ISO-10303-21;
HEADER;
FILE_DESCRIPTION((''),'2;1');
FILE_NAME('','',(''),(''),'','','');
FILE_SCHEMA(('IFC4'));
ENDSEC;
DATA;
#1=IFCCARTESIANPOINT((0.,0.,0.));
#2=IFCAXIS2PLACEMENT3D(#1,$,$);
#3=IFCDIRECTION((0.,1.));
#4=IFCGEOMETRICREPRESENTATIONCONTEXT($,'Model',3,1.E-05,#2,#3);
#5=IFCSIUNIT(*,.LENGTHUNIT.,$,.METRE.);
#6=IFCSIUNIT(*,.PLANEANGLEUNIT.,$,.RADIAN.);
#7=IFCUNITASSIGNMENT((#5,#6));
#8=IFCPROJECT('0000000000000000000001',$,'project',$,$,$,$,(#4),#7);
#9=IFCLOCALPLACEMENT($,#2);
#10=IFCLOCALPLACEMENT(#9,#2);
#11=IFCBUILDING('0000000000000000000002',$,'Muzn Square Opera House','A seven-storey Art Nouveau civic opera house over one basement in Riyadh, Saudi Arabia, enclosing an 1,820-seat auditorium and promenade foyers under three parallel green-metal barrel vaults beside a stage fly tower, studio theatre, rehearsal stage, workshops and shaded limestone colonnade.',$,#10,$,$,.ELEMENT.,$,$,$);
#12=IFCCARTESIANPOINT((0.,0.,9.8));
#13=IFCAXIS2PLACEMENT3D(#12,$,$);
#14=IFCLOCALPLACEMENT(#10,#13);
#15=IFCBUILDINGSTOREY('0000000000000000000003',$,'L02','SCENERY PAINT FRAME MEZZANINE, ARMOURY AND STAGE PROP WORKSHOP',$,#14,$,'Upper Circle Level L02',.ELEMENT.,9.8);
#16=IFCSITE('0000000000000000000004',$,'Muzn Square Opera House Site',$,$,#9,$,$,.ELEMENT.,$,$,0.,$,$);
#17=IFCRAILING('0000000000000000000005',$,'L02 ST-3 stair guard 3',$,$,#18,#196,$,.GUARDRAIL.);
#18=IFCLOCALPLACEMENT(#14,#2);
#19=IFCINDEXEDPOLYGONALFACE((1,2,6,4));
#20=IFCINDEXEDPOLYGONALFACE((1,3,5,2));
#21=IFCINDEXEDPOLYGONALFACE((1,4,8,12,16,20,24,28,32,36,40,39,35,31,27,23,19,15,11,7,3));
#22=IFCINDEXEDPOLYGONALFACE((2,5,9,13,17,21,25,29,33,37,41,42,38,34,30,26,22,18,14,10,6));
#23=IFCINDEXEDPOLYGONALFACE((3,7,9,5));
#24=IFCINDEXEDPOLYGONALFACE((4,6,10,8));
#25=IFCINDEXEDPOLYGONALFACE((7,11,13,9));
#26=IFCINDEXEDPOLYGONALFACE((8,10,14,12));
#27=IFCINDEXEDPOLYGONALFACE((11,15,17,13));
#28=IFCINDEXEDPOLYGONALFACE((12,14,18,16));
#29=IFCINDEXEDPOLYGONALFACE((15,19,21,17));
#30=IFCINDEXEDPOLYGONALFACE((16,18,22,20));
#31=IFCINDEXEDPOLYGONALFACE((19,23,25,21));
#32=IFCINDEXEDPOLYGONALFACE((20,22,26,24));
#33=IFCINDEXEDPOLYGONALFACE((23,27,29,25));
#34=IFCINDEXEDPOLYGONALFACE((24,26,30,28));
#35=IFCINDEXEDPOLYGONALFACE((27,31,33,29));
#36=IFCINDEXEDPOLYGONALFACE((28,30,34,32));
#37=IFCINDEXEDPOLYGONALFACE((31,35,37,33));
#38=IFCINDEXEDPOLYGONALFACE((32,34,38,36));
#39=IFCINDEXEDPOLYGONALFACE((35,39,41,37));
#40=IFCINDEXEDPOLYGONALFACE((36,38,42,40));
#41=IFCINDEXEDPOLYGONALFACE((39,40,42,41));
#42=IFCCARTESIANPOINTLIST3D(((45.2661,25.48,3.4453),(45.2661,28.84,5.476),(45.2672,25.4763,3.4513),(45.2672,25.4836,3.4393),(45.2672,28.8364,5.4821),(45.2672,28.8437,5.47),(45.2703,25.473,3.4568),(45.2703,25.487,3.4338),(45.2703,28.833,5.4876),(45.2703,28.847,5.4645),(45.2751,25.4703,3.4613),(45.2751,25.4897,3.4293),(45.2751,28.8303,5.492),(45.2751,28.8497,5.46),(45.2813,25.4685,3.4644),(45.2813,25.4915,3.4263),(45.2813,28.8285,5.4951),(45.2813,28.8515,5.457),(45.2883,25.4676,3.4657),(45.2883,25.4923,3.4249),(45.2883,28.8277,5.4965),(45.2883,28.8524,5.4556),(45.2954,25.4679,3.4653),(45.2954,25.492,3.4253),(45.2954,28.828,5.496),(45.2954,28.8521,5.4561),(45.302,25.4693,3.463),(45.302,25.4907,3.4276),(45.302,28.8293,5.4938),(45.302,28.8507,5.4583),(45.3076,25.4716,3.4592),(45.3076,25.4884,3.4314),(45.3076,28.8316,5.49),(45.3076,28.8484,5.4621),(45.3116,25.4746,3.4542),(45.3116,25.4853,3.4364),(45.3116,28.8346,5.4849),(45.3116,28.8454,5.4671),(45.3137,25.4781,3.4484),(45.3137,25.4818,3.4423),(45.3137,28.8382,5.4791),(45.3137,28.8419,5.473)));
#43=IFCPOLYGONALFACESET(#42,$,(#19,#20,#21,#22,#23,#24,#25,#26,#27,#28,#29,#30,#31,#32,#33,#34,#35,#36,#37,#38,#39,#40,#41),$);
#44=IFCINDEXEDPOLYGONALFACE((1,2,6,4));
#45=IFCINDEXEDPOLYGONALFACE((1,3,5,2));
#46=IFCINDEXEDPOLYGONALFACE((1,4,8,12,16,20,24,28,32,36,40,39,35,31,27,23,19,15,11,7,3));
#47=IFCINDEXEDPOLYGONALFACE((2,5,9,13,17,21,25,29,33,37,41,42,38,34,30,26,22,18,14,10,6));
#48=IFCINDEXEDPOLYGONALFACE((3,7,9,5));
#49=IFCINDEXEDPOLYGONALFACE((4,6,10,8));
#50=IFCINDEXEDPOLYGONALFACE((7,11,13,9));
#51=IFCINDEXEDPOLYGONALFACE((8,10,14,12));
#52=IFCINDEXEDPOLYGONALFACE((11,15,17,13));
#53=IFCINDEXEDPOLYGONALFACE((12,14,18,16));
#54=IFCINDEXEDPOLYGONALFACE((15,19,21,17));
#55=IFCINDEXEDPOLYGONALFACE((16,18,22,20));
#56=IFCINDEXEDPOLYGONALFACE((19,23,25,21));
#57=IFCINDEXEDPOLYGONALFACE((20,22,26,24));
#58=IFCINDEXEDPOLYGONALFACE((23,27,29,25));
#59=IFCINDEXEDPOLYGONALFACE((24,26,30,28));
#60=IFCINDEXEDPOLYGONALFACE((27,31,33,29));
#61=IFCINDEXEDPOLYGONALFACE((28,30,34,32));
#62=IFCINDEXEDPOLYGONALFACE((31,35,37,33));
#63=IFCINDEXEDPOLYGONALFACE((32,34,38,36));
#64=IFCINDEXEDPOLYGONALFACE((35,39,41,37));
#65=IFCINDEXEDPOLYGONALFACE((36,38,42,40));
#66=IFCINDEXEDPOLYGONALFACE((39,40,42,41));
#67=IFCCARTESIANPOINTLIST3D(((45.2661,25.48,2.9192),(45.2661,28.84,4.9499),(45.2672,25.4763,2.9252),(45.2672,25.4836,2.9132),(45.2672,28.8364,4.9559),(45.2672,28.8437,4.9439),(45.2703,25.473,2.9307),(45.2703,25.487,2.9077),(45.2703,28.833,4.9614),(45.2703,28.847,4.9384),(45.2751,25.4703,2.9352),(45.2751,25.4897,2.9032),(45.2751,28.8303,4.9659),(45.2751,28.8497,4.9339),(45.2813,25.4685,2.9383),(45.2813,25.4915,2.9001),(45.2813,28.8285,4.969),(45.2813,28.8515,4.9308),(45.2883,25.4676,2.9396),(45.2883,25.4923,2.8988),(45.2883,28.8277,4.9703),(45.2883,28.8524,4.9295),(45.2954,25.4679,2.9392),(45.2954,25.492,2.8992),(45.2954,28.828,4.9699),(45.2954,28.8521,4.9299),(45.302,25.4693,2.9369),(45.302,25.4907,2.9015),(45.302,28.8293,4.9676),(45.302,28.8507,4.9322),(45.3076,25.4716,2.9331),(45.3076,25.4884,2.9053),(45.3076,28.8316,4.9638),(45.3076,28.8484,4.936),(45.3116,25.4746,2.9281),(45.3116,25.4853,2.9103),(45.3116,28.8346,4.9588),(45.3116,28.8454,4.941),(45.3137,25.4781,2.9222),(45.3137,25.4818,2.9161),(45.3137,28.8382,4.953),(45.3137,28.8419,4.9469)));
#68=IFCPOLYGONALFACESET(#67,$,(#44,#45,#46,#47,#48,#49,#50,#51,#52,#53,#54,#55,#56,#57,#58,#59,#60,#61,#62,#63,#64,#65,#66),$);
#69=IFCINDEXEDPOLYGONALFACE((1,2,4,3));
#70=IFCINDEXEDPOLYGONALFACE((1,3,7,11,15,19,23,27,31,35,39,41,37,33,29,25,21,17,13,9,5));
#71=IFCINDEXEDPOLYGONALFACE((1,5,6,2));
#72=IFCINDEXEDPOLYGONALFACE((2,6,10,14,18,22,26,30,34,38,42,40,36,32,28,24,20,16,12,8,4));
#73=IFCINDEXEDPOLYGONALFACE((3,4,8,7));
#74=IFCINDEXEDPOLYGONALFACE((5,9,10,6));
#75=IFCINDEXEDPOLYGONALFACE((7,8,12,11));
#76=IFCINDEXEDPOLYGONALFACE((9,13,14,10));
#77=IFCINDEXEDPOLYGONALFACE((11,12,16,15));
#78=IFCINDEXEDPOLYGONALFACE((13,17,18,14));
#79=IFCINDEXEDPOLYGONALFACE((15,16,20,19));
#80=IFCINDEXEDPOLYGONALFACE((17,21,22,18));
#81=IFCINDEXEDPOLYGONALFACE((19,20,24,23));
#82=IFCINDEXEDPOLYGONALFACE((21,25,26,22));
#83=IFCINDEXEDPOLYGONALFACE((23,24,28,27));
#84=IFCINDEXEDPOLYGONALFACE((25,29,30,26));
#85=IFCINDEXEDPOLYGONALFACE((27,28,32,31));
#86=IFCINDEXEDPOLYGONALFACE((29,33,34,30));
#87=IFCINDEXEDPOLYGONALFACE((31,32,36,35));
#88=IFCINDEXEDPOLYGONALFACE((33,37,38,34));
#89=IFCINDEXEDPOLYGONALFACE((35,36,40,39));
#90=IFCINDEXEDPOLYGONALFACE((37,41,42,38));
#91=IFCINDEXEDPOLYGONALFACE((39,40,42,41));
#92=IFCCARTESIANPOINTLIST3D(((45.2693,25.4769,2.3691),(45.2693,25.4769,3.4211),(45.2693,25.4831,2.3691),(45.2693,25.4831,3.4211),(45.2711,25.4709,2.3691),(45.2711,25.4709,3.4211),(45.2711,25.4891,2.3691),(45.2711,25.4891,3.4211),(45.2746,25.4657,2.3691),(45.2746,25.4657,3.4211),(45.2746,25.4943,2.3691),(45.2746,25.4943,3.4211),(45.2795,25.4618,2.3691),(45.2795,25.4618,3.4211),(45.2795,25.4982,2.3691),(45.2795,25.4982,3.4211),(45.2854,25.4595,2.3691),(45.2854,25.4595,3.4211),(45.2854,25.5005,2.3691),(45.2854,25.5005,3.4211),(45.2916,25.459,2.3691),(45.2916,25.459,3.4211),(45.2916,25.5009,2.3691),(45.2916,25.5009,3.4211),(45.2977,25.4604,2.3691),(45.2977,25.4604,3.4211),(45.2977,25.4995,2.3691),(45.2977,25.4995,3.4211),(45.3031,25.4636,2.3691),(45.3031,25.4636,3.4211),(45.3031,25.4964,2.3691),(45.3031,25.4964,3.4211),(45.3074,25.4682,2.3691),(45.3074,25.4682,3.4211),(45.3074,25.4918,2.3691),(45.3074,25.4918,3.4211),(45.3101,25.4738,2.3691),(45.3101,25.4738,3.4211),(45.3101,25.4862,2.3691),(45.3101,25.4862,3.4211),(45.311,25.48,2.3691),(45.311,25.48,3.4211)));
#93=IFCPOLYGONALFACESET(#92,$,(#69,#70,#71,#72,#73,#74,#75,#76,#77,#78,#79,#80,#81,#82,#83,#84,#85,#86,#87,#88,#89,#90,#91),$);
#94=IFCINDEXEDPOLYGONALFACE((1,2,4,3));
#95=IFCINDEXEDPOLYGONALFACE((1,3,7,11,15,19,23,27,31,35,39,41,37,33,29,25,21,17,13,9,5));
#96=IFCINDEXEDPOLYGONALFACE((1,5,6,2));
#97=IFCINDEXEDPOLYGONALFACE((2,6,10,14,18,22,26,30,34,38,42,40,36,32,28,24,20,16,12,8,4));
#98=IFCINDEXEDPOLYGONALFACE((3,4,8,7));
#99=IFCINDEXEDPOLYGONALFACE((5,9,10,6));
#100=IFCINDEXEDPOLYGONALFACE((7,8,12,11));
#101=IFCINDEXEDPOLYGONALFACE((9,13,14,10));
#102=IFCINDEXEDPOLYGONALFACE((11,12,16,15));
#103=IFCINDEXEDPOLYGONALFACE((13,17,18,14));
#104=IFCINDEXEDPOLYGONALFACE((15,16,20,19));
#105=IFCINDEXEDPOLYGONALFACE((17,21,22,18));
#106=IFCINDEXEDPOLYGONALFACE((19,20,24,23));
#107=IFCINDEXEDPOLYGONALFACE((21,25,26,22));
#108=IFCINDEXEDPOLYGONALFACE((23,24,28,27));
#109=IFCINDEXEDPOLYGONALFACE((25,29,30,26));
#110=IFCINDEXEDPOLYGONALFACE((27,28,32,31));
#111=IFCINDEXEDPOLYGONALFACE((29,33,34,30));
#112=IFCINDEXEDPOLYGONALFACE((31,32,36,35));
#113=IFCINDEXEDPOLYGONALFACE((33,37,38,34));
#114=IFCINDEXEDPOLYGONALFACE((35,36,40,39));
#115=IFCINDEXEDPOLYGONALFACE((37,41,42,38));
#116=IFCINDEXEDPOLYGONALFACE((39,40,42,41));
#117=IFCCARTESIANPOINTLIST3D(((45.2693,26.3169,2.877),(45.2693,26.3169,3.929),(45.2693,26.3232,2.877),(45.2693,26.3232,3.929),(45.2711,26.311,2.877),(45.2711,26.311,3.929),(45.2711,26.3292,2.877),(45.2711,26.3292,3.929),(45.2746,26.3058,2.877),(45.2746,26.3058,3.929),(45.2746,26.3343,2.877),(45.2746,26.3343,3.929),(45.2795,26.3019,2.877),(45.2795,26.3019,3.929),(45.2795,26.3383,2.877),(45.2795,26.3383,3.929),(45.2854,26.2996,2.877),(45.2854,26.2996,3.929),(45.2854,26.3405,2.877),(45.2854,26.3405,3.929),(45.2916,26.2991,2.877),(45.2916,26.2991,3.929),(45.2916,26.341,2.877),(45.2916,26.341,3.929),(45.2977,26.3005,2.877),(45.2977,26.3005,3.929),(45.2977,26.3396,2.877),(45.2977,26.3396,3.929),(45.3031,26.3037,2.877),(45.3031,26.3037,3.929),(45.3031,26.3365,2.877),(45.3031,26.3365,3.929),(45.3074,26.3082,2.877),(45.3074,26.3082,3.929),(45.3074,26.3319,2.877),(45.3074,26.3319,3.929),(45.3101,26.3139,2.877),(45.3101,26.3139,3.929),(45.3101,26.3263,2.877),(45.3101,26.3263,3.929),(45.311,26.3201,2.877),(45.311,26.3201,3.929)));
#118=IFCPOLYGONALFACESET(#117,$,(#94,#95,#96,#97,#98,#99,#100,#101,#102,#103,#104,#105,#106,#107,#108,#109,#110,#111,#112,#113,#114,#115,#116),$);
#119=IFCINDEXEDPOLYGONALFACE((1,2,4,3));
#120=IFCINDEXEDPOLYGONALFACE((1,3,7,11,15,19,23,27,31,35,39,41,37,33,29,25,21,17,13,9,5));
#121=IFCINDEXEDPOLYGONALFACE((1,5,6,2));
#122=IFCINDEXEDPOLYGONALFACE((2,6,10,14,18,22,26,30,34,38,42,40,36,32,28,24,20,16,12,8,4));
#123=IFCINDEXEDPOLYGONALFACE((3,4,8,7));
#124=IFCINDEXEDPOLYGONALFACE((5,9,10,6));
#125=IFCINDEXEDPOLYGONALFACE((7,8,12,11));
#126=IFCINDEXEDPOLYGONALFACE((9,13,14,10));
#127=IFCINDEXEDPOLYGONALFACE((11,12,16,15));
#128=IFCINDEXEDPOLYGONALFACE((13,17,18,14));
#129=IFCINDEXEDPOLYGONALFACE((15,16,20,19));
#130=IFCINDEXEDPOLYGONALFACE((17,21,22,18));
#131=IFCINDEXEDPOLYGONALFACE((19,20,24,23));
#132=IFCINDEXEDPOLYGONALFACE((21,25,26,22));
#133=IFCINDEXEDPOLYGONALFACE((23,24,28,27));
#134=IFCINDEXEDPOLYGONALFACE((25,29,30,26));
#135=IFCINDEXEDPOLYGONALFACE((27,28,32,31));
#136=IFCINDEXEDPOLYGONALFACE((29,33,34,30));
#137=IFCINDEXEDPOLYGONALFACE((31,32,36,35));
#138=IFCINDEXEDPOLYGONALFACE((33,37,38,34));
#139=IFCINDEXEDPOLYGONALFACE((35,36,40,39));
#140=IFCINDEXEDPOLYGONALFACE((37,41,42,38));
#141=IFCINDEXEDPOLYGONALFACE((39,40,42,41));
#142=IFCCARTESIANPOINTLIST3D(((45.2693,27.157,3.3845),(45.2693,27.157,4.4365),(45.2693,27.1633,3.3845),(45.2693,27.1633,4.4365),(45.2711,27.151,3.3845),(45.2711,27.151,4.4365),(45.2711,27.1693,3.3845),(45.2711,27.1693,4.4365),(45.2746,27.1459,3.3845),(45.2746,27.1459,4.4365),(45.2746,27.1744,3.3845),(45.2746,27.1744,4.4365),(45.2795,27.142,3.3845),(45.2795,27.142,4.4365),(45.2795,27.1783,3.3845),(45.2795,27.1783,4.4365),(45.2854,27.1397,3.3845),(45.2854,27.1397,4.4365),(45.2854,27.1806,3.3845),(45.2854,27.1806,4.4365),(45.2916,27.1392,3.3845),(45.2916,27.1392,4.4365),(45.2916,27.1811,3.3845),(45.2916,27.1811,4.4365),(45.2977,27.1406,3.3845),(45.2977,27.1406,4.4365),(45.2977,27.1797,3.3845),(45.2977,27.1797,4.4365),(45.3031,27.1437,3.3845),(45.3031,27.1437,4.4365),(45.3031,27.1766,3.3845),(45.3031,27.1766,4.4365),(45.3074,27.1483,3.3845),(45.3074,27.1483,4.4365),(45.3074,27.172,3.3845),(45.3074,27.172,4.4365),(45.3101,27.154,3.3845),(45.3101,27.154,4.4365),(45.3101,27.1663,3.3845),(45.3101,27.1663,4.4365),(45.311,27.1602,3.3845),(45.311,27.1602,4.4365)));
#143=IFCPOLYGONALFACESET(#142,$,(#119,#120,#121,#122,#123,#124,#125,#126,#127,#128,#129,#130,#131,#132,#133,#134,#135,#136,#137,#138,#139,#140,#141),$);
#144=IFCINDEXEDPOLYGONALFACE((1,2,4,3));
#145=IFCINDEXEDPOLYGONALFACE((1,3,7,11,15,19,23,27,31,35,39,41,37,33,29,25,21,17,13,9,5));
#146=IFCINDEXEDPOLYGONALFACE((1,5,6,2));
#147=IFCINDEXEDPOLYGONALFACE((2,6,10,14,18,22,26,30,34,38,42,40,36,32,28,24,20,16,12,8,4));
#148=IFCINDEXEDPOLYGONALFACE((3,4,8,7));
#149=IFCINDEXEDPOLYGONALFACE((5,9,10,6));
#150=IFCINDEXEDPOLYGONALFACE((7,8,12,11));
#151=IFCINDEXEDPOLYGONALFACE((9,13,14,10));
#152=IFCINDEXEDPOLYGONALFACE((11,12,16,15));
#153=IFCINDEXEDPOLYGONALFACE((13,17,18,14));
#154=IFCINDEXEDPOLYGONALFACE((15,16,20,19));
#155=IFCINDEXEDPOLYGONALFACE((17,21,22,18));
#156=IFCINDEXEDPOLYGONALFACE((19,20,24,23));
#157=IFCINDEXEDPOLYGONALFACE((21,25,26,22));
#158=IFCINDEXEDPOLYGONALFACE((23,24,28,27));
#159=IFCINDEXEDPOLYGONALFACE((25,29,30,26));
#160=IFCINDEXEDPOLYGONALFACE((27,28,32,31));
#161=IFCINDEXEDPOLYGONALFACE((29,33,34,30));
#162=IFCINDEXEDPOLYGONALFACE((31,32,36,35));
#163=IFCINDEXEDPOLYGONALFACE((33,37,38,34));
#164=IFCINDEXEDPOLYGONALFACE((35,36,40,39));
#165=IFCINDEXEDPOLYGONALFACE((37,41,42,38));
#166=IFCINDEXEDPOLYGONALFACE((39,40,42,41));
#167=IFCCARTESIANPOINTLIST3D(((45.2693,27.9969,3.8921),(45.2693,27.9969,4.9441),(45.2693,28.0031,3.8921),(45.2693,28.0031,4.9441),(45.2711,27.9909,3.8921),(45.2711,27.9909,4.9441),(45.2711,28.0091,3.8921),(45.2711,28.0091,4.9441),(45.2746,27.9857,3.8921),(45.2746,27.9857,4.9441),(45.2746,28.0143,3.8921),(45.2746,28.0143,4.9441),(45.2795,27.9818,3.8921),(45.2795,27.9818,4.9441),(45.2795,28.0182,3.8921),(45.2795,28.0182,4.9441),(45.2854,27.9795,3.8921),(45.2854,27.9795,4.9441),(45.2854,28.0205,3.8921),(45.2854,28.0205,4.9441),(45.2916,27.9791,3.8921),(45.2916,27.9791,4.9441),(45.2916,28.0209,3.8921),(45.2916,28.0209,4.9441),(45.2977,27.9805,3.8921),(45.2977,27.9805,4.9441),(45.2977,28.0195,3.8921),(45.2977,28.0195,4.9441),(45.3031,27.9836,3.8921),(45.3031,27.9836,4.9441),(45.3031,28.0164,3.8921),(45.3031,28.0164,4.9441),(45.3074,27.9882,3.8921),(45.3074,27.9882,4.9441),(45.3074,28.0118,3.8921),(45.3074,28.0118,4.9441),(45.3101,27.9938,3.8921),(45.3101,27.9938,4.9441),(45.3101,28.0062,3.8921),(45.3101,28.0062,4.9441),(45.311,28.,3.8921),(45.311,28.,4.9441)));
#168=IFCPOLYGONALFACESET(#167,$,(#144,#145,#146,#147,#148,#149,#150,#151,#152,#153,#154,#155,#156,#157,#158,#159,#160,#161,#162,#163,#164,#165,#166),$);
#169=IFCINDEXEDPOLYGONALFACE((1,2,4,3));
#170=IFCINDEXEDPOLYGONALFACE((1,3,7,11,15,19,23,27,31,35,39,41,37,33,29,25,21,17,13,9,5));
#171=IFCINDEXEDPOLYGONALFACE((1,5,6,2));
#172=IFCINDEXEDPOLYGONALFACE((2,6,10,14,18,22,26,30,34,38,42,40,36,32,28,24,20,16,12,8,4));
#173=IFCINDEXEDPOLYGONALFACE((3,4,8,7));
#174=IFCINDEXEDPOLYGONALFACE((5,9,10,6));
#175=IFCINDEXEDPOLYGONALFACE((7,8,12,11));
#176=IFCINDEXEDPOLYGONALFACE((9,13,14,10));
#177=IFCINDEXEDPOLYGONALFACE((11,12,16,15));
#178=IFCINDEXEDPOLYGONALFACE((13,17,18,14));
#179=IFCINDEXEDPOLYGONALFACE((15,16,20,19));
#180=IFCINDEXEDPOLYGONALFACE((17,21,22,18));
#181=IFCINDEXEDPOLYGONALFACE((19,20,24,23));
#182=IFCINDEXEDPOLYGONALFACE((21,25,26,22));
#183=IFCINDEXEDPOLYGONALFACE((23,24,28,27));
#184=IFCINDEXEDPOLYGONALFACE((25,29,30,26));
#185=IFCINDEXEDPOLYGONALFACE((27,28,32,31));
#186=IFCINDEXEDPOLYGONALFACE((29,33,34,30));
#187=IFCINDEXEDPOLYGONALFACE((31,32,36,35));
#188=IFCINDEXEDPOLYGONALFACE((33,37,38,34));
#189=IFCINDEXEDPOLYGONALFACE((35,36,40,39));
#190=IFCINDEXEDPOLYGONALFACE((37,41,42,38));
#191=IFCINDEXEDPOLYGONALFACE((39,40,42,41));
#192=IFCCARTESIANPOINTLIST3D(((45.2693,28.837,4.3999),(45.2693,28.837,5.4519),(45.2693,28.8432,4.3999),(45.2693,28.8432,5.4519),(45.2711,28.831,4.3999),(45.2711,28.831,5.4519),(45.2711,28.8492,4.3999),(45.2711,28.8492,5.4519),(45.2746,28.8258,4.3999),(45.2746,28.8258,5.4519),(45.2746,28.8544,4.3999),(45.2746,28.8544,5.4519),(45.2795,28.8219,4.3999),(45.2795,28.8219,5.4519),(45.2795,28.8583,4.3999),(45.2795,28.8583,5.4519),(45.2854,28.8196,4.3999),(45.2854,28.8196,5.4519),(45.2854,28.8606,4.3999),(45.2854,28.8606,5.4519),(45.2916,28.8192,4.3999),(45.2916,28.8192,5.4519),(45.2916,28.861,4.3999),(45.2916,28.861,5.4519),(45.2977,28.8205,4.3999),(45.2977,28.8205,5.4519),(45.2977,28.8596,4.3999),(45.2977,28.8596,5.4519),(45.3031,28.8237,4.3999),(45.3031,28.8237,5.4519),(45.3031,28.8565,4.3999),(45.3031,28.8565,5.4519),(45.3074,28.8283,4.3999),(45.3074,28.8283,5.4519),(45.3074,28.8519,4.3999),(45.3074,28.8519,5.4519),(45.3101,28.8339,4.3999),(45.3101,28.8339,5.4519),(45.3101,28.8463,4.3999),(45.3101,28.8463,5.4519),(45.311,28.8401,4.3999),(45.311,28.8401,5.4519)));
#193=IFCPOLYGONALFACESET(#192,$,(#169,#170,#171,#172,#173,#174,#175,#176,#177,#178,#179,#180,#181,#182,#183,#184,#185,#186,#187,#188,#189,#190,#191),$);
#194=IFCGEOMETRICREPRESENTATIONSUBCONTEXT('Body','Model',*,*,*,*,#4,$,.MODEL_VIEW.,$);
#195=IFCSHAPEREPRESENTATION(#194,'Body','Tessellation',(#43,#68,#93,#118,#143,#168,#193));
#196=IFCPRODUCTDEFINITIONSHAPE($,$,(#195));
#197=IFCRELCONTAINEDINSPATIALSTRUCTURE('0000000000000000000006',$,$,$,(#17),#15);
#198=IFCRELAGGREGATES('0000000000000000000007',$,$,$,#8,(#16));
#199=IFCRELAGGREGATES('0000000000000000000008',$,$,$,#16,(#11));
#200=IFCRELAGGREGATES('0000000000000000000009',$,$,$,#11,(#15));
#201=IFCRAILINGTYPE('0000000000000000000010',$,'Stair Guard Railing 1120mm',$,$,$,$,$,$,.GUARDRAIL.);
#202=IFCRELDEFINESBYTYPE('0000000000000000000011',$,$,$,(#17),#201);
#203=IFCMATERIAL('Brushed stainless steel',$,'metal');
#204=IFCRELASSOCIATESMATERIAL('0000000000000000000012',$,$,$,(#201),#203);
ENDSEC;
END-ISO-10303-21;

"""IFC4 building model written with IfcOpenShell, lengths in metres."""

from ifc_helpers import new_model, si_unit, direction, frame, origin, origin_2d, place, context, subcontext, project, spatial, circle, extrude, material, type_object, element, save


model = new_model("IFC4")

# Units and contexts
model_context = context("Model", 3, precision=1e-05, world=origin(), true_north=direction((0.0, 1.0)))
body_context = subcontext(model_context, "Body", "Model", "MODEL_VIEW")
ifc_project = project(units=[si_unit("LENGTHUNIT", "METRE"), si_unit("PLANEANGLEUNIT", "RADIAN")], contexts=[model_context])

# Site, building, storey
site_placement = place(None, origin())
site = spatial("IfcSite", under=ifc_project, at=site_placement, Name="Muzn Square Opera House Site", CompositionType="ELEMENT", RefElevation=0.0)
building_placement = place(site_placement, origin())
building = spatial("IfcBuilding", under=site, at=building_placement, Name="Muzn Square Opera House", Description="A seven-storey Art Nouveau civic opera house over one basement in Riyadh, Saudi Arabia, enclosing an 1,820-seat auditorium and promenade foyers under three parallel green-metal barrel vaults beside a stage fly tower, studio theatre, rehearsal stage, workshops and shaded limestone colonnade.", CompositionType="ELEMENT")
storey_placement = place(building_placement, frame((0.0, 0.0, 9.8)))
storey = spatial("IfcBuildingStorey", under=building, at=storey_placement, Name="L02", Description="SCENERY PAINT FRAME MEZZANINE, ARMOURY AND STAGE PROP WORKSHOP", LongName="Upper Circle Level L02", CompositionType="ELEMENT", Elevation=9.8)

# Shared definitions
ifc_material_1 = material(Name="Brushed stainless steel", Category="metal")

# Railing
railing_type_1 = type_object("IfcRailingType", Name="Stair Guard Railing 1120mm", PredefinedType="GUARDRAIL", material=ifc_material_1)
railing_1_placement = place(storey_placement, frame((45.29, 25.48, 2.3691)))
element("IfcRailing", 1, at=railing_1_placement, inside=storey, type_object=railing_type_1, Name="L02 ST-3 stair guard 3", PredefinedType="GUARDRAIL", context=body_context, shape_type="SweptSolid", body=[
    extrude(circle(Radius=0.0239, at=origin_2d()), frame((0.0, 0.0, 1.0762), z_axis=(0.0, 0.855837, 0.517246), x_axis=(-1.0, 0.0, 0.0)), (0.0, 0.0, 1.0), 3.926),
    extrude(circle(Radius=0.0239, at=origin_2d()), frame((0.0, 0.0, 0.55), z_axis=(0.0, 0.855837, 0.517246), x_axis=(-1.0, 0.0, 0.0)), (0.0, 0.0, 1.0), 3.926),
    extrude(circle(Radius=0.021, at=origin_2d()), origin(), (0.0, 0.0, 1.0), 1.052),
    extrude(circle(Radius=0.021, at=origin_2d()), frame((0.0, 0.8401, 0.5078)), (0.0, 0.0, 1.0), 1.052),
    extrude(circle(Radius=0.021, at=origin_2d()), frame((0.0, 1.6802, 1.0154)), (0.0, 0.0, 1.0), 1.052),
    extrude(circle(Radius=0.021, at=origin_2d()), frame((0.0, 2.52, 1.5229)), (0.0, 0.0, 1.0), 1.052),
    extrude(circle(Radius=0.021, at=origin_2d()), frame((0.0, 3.3601, 2.0308)), (0.0, 0.0, 1.0), 1.052),
])

save(model, "model.ifc")
